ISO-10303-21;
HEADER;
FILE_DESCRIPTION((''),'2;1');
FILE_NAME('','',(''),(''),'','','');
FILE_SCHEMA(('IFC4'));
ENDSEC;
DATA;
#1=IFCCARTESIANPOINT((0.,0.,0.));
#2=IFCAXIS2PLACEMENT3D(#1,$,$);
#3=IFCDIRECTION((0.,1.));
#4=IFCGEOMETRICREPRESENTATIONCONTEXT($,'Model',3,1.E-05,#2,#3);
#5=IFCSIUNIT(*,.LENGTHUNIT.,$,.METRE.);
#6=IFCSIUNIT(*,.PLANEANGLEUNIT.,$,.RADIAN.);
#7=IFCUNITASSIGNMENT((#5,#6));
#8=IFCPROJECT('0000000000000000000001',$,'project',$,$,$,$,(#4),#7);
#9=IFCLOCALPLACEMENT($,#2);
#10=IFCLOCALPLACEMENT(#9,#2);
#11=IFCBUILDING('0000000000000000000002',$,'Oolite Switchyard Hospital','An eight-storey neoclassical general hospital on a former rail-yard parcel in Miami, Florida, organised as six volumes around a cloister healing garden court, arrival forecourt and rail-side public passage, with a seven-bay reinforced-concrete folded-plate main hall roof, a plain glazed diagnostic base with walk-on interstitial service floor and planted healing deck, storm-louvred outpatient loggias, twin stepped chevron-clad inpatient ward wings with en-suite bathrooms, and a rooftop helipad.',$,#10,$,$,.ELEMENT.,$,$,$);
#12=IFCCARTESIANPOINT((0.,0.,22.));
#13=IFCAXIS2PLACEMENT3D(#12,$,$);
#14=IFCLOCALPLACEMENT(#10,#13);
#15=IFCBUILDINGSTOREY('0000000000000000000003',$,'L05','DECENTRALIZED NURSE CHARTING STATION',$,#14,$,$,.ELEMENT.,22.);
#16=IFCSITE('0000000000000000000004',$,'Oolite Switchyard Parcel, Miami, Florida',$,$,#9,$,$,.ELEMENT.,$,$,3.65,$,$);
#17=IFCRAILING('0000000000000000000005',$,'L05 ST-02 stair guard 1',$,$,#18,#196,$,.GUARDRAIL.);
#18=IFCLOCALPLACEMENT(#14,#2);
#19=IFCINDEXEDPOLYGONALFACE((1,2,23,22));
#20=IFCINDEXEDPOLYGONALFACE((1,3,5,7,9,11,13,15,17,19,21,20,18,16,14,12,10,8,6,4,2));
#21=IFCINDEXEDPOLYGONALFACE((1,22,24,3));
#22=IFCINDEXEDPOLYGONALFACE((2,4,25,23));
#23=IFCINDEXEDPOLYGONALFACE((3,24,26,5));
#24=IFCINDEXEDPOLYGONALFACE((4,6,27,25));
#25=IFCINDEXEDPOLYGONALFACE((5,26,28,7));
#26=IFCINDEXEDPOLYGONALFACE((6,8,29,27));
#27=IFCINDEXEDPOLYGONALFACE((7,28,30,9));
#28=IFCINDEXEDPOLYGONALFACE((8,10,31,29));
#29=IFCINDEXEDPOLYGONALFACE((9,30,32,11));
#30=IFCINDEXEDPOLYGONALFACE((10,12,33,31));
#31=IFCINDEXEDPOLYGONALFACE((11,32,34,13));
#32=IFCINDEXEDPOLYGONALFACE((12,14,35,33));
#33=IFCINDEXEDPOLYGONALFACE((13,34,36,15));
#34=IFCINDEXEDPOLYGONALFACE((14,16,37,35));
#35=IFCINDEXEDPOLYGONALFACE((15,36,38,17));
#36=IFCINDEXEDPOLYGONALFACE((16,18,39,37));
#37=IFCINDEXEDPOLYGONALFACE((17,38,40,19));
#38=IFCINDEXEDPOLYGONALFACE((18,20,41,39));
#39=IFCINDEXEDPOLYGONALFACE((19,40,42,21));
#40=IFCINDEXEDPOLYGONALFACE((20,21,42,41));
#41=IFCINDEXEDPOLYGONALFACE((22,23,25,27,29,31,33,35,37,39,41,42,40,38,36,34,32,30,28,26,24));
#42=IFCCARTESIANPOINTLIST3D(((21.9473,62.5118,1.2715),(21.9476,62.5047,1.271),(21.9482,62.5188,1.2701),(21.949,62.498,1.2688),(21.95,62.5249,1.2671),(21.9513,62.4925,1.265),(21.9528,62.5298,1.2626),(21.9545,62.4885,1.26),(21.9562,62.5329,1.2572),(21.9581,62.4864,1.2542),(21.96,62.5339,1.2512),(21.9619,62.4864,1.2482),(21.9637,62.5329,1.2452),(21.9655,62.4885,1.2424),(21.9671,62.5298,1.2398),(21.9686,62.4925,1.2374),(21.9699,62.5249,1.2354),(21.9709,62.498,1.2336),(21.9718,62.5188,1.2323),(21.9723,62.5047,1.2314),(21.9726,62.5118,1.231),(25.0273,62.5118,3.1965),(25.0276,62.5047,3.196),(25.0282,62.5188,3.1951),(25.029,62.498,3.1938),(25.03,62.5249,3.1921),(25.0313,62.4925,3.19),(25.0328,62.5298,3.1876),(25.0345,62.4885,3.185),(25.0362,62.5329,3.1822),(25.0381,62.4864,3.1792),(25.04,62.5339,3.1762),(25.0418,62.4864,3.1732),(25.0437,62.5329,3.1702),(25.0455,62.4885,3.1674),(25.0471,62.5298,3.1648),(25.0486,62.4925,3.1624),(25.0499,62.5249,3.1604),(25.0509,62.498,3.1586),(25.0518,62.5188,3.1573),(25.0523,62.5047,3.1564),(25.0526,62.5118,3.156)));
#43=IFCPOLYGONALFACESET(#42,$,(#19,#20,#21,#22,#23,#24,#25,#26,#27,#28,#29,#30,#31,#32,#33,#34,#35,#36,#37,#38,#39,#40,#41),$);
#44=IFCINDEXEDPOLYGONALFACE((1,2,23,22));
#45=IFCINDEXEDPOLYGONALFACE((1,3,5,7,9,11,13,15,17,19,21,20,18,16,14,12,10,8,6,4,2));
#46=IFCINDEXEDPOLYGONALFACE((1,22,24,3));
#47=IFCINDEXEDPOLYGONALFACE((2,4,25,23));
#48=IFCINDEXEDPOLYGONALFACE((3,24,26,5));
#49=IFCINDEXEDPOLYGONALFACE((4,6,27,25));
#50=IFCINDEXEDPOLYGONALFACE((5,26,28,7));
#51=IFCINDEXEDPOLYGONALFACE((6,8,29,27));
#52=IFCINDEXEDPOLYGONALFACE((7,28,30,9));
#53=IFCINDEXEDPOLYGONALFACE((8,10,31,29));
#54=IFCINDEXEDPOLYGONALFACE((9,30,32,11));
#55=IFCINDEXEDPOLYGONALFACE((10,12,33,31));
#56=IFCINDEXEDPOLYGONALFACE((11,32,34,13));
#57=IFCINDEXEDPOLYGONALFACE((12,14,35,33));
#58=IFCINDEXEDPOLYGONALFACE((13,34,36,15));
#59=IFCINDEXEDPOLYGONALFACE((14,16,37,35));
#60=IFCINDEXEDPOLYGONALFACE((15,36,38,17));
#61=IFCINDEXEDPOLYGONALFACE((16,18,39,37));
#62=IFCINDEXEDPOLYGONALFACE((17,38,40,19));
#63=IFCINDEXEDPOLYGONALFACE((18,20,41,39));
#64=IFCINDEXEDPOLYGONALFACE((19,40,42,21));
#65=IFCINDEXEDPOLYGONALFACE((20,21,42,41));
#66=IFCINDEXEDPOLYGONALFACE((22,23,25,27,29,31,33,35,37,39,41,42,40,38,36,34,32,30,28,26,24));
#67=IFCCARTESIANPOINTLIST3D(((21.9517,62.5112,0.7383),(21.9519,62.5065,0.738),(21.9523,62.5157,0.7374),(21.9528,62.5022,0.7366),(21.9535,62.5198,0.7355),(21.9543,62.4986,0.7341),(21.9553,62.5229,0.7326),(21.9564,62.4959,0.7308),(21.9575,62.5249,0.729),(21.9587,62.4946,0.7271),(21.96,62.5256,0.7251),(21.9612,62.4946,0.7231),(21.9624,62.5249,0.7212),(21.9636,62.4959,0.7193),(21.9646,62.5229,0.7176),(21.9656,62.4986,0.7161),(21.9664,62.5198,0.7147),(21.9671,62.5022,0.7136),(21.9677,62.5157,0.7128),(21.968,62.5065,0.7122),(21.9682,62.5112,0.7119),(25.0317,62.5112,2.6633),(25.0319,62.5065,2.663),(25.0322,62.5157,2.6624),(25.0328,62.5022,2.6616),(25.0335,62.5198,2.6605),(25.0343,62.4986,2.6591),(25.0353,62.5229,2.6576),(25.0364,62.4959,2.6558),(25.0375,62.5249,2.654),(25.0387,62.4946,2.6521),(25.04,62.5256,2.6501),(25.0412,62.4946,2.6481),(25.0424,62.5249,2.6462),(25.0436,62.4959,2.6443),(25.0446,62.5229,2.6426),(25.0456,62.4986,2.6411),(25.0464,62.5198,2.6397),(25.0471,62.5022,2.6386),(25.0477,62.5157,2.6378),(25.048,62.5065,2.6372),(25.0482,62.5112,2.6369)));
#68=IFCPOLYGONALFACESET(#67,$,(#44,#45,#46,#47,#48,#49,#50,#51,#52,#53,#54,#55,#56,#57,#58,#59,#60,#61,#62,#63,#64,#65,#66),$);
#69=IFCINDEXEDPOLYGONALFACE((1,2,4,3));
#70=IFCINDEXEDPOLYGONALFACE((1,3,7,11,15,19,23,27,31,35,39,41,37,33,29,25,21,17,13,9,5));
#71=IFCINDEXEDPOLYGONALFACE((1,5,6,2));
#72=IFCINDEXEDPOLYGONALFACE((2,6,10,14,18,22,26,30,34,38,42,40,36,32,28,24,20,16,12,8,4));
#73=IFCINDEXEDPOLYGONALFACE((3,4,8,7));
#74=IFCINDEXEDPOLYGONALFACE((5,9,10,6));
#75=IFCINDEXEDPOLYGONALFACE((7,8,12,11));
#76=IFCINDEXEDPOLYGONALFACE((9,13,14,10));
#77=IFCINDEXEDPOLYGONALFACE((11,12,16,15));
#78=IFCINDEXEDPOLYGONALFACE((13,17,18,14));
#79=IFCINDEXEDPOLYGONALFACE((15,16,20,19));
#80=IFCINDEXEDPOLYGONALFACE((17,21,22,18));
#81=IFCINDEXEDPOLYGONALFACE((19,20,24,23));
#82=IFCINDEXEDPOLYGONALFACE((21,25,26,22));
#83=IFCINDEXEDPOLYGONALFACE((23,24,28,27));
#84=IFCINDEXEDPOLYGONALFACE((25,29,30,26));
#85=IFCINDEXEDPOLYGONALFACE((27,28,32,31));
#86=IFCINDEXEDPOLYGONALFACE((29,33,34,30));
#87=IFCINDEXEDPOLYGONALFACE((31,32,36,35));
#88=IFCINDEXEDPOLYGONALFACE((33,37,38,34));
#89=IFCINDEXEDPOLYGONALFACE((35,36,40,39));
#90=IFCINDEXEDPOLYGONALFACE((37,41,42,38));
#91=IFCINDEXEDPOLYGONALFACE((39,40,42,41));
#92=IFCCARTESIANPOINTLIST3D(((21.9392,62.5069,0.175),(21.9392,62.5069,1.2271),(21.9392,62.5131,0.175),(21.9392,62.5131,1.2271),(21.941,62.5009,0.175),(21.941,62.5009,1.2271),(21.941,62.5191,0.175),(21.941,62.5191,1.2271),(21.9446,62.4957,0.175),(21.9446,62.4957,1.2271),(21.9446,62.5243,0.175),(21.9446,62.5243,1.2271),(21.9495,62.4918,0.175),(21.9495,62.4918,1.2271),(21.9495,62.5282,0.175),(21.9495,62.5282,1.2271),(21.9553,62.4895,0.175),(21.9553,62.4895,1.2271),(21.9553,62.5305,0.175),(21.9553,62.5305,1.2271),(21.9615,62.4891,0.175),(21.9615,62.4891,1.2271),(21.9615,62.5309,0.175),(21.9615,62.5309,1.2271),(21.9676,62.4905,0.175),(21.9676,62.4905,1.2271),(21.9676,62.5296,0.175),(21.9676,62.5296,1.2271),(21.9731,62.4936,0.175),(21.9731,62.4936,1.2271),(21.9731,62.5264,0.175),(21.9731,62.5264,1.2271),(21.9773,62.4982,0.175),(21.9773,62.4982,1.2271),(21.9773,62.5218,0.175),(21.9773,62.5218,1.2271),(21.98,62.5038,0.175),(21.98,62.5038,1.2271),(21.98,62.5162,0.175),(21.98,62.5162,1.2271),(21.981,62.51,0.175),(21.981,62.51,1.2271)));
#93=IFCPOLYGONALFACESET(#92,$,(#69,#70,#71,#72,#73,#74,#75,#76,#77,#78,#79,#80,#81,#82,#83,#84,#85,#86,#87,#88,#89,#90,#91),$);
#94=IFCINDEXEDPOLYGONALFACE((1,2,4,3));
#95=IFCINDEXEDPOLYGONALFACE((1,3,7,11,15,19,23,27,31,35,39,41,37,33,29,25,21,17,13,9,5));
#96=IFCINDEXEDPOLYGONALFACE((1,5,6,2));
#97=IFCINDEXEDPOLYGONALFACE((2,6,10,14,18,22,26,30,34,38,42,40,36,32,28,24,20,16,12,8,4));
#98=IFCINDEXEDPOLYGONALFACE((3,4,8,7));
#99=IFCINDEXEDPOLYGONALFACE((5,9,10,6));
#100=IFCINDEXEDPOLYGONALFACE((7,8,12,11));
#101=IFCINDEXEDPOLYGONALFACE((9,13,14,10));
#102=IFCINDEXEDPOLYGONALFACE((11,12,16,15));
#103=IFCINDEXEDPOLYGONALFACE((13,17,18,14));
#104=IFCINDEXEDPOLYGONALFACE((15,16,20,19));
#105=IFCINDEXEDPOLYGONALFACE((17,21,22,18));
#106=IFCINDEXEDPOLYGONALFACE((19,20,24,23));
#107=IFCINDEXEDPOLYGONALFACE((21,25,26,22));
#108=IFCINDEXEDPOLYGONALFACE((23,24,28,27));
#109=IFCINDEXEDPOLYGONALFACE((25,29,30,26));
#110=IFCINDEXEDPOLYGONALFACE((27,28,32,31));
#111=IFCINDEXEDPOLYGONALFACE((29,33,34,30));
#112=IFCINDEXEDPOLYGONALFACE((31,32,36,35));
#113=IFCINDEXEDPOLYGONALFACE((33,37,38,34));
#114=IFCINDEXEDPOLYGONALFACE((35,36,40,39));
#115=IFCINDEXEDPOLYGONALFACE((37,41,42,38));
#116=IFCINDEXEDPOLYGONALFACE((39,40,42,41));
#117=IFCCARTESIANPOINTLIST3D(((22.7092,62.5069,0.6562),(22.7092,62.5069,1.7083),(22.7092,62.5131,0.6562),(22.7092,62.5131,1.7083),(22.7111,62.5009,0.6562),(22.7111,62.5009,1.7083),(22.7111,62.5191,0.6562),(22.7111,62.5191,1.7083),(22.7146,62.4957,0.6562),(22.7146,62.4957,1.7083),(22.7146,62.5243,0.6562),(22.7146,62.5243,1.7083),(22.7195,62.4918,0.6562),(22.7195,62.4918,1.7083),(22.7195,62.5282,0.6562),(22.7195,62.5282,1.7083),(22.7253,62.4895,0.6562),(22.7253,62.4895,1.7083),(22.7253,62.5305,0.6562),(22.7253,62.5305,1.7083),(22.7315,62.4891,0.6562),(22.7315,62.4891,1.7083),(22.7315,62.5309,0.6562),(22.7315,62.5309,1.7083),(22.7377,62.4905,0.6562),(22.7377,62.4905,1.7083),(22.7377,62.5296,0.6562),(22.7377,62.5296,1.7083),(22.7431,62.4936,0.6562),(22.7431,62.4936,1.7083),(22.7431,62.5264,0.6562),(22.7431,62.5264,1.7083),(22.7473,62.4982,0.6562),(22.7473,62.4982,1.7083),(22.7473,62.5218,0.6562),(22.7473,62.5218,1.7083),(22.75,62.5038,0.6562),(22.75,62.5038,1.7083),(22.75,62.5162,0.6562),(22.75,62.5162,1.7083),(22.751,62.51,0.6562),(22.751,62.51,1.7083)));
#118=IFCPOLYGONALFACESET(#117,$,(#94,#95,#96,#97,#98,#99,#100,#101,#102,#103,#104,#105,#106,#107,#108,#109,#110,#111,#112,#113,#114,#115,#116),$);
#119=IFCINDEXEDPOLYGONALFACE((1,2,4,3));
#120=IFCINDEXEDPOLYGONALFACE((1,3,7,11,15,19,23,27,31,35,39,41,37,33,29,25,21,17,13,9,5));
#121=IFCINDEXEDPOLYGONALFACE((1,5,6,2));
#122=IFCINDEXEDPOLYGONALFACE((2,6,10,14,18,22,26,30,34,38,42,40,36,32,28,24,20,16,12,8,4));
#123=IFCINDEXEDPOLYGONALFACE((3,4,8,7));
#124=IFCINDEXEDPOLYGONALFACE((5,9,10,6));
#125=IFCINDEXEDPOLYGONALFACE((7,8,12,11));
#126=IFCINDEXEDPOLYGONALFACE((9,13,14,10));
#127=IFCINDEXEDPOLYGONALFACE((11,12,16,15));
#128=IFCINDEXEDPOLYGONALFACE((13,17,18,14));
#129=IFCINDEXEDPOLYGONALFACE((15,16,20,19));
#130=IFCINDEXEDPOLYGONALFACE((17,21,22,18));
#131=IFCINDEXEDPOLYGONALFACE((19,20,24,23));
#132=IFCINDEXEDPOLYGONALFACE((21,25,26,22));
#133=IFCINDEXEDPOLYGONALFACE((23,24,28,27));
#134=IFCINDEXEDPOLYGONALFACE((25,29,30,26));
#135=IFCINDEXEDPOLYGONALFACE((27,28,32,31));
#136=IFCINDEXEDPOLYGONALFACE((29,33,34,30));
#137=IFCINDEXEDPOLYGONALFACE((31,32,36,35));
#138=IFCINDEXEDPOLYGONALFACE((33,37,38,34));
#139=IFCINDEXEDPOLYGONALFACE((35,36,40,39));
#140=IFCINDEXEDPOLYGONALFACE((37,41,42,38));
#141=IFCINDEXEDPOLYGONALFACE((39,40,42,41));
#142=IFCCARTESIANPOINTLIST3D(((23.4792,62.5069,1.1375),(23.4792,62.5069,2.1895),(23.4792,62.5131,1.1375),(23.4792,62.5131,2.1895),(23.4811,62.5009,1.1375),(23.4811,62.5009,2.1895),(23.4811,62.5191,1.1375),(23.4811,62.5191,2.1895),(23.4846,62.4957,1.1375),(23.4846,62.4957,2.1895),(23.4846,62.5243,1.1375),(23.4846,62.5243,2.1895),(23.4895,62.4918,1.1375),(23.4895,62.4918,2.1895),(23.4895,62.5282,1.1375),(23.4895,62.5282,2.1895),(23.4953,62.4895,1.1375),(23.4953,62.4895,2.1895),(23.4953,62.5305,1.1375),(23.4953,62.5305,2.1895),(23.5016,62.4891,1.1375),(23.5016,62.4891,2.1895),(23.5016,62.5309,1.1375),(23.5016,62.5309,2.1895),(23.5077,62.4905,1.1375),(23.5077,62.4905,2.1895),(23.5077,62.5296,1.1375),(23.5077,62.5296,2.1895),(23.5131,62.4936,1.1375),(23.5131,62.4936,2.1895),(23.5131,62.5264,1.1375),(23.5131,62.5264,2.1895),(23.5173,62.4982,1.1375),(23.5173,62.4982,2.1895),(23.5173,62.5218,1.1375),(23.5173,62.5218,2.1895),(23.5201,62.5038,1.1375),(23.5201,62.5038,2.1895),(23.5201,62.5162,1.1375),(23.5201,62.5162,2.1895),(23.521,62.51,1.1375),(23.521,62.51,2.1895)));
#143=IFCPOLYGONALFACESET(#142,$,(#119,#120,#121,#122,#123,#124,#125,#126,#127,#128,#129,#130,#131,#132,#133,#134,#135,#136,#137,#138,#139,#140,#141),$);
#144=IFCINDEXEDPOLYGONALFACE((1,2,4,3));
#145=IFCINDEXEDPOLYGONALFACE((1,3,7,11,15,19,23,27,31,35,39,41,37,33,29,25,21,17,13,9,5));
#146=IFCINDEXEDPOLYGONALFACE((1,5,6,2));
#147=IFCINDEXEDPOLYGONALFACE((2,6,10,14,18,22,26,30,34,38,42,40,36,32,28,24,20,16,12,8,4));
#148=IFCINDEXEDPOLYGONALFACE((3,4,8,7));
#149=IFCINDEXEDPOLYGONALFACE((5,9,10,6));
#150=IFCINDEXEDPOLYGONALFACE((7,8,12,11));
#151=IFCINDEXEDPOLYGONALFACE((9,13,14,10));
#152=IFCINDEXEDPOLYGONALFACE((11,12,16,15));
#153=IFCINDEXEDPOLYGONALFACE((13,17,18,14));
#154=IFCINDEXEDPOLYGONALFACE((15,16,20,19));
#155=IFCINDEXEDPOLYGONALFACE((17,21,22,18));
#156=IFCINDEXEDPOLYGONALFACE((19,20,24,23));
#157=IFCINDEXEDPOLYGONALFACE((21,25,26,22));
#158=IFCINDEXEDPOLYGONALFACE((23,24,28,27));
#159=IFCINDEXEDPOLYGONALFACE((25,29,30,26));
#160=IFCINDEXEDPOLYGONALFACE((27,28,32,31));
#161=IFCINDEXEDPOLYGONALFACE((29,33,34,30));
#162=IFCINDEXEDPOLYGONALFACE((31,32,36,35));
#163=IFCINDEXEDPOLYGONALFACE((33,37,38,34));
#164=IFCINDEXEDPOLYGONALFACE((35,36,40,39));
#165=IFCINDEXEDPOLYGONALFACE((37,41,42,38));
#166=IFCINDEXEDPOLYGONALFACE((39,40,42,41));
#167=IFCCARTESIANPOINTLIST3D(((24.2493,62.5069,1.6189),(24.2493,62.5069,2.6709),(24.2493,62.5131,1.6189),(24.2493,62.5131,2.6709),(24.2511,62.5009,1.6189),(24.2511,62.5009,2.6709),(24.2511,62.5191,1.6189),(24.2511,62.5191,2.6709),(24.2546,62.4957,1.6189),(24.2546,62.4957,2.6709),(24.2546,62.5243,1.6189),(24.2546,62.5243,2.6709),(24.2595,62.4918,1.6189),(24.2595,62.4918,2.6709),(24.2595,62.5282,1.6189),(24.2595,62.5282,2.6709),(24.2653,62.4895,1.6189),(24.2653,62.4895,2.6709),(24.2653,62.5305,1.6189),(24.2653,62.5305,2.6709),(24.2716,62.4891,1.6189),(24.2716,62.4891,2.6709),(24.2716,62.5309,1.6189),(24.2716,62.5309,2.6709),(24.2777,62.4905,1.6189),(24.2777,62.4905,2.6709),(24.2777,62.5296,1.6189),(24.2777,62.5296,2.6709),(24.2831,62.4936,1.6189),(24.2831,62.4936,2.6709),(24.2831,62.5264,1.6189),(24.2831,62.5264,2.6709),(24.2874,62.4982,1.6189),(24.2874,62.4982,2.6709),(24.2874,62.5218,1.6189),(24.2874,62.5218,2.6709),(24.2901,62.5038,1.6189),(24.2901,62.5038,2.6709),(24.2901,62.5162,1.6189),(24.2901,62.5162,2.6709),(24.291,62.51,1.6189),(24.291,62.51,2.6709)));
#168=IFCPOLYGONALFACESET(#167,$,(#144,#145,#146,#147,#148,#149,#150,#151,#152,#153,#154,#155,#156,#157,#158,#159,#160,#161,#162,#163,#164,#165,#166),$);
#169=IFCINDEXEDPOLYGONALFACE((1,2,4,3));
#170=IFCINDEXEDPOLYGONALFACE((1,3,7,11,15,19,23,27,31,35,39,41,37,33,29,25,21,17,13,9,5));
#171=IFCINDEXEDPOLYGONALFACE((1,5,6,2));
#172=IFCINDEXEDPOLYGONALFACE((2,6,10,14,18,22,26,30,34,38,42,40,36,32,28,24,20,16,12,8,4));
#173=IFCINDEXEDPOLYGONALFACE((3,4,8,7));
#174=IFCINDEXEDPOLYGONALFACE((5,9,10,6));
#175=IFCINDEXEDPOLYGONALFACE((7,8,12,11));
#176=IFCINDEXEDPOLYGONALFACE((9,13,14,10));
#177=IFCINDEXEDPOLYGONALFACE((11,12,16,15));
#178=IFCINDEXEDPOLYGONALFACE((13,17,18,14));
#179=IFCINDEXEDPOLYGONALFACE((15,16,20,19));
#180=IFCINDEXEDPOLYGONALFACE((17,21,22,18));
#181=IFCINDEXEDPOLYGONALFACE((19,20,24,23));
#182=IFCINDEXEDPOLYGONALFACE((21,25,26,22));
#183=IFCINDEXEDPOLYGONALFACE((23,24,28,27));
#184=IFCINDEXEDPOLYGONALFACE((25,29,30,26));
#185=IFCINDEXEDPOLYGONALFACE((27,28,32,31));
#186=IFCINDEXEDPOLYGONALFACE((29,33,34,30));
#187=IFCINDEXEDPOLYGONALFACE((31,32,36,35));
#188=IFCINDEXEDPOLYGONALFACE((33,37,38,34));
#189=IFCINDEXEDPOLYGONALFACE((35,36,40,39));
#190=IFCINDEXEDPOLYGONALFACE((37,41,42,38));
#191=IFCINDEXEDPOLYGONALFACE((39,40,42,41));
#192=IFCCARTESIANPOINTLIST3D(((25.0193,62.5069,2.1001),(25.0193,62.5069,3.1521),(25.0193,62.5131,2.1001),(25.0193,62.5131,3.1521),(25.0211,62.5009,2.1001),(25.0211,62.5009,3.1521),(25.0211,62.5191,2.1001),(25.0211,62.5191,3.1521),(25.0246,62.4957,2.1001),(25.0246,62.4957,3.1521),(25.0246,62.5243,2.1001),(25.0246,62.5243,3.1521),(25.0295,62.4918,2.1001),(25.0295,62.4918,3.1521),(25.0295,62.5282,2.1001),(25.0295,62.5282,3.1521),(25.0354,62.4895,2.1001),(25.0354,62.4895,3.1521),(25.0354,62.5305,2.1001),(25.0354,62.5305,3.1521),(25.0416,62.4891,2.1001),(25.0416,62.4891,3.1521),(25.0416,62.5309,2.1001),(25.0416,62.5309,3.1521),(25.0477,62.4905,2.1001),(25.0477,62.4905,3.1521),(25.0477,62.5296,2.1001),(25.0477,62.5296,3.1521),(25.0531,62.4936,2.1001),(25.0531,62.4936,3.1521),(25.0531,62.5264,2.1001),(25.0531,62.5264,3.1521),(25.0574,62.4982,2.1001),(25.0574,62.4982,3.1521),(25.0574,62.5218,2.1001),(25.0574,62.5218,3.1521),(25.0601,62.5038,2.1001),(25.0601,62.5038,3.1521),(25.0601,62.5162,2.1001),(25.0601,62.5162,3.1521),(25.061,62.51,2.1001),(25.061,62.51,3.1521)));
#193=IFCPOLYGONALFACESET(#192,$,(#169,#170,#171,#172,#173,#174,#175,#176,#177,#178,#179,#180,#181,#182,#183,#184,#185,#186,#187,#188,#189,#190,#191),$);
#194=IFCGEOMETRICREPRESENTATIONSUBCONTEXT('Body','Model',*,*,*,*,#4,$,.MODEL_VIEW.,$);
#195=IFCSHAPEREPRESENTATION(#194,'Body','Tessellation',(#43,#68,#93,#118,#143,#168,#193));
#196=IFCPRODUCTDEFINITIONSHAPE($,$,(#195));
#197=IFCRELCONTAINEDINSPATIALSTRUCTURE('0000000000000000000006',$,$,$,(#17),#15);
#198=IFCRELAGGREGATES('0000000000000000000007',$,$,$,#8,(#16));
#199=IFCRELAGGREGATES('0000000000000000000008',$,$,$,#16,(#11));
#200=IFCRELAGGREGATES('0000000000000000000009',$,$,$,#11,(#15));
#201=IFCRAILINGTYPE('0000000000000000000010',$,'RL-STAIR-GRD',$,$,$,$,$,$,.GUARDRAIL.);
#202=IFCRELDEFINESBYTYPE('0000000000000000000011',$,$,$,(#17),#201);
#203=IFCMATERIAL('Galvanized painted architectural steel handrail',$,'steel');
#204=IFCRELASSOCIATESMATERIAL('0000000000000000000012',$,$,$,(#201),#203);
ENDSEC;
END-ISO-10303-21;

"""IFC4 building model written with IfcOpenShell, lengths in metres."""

from ifc_helpers import new_model, si_unit, direction, frame, origin, origin_2d, place, context, subcontext, project, spatial, circle, extrude, material, type_object, element, save


model = new_model("IFC4")

# Units and contexts
model_context = context("Model", 3, precision=1e-05, world=origin(), true_north=direction((0.0, 1.0)))
body_context = subcontext(model_context, "Body", "Model", "MODEL_VIEW")
ifc_project = project(units=[si_unit("LENGTHUNIT", "METRE"), si_unit("PLANEANGLEUNIT", "RADIAN")], contexts=[model_context])

# Site, building, storey
site_placement = place(None, origin())
site = spatial("IfcSite", under=ifc_project, at=site_placement, Name="Oolite Switchyard Parcel, Miami, Florida", CompositionType="ELEMENT", RefElevation=3.65)
building_placement = place(site_placement, origin())
building = spatial("IfcBuilding", under=site, at=building_placement, Name="Oolite Switchyard Hospital", Description="An eight-storey neoclassical general hospital on a former rail-yard parcel in Miami, Florida, organised as six volumes around a cloister healing garden court, arrival forecourt and rail-side public passage, with a seven-bay reinforced-concrete folded-plate main hall roof, a plain glazed diagnostic base with walk-on interstitial service floor and planted healing deck, storm-louvred outpatient loggias, twin stepped chevron-clad inpatient ward wings with en-suite bathrooms, and a rooftop helipad.", CompositionType="ELEMENT")
storey_placement = place(building_placement, frame((0.0, 0.0, 22.0)))
storey = spatial("IfcBuildingStorey", under=building, at=storey_placement, Name="L05", Description="DECENTRALIZED NURSE CHARTING STATION", CompositionType="ELEMENT", Elevation=22.0)

# Railing
ifc_material_1 = material(Name="Galvanized painted architectural steel handrail", Category="steel")
railing_type_1 = type_object("IfcRailingType", Name="RL-STAIR-GRD", PredefinedType="GUARDRAIL", material=ifc_material_1)
railing_1_placement = place(storey_placement, frame((21.96, 62.51, 0.175)))
element("IfcRailing", 1, at=railing_1_placement, inside=storey, type_object=railing_type_1, Name="L05 ST-02 stair guard 1", PredefinedType="GUARDRAIL", context=body_context, shape_type="SweptSolid", body=[
    extrude(circle(Radius=0.0239, at=origin_2d()), frame((0.0, 0.0, 1.0762), z_axis=(0.847998, 0.0, 0.529999), x_axis=(0.0, 1.0, 0.0)), (0.0, 0.0, 1.0), 3.6321),
    extrude(circle(Radius=0.0156, at=origin_2d()), frame((0.0, 0.0, 0.55), z_axis=(0.847998, 0.0, 0.529999), x_axis=(0.0, 1.0, 0.0)), (0.0, 0.0, 1.0), 3.6321),
    extrude(circle(Radius=0.021, at=origin_2d()), origin(), (0.0, 0.0, 1.0), 1.052),
    extrude(circle(Radius=0.021, at=origin_2d()), frame((0.77, 0.0, 0.4812)), (0.0, 0.0, 1.0), 1.052),
    extrude(circle(Radius=0.021, at=origin_2d()), frame((1.54, 0.0, 0.9624)), (0.0, 0.0, 1.0), 1.052),
    extrude(circle(Radius=0.021, at=origin_2d()), frame((2.3101, 0.0, 1.4438)), (0.0, 0.0, 1.0), 1.052),
    extrude(circle(Radius=0.021, at=origin_2d()), frame((3.0801, 0.0, 1.925)), (0.0, 0.0, 1.0), 1.052),
])

save(model, "model.ifc")
